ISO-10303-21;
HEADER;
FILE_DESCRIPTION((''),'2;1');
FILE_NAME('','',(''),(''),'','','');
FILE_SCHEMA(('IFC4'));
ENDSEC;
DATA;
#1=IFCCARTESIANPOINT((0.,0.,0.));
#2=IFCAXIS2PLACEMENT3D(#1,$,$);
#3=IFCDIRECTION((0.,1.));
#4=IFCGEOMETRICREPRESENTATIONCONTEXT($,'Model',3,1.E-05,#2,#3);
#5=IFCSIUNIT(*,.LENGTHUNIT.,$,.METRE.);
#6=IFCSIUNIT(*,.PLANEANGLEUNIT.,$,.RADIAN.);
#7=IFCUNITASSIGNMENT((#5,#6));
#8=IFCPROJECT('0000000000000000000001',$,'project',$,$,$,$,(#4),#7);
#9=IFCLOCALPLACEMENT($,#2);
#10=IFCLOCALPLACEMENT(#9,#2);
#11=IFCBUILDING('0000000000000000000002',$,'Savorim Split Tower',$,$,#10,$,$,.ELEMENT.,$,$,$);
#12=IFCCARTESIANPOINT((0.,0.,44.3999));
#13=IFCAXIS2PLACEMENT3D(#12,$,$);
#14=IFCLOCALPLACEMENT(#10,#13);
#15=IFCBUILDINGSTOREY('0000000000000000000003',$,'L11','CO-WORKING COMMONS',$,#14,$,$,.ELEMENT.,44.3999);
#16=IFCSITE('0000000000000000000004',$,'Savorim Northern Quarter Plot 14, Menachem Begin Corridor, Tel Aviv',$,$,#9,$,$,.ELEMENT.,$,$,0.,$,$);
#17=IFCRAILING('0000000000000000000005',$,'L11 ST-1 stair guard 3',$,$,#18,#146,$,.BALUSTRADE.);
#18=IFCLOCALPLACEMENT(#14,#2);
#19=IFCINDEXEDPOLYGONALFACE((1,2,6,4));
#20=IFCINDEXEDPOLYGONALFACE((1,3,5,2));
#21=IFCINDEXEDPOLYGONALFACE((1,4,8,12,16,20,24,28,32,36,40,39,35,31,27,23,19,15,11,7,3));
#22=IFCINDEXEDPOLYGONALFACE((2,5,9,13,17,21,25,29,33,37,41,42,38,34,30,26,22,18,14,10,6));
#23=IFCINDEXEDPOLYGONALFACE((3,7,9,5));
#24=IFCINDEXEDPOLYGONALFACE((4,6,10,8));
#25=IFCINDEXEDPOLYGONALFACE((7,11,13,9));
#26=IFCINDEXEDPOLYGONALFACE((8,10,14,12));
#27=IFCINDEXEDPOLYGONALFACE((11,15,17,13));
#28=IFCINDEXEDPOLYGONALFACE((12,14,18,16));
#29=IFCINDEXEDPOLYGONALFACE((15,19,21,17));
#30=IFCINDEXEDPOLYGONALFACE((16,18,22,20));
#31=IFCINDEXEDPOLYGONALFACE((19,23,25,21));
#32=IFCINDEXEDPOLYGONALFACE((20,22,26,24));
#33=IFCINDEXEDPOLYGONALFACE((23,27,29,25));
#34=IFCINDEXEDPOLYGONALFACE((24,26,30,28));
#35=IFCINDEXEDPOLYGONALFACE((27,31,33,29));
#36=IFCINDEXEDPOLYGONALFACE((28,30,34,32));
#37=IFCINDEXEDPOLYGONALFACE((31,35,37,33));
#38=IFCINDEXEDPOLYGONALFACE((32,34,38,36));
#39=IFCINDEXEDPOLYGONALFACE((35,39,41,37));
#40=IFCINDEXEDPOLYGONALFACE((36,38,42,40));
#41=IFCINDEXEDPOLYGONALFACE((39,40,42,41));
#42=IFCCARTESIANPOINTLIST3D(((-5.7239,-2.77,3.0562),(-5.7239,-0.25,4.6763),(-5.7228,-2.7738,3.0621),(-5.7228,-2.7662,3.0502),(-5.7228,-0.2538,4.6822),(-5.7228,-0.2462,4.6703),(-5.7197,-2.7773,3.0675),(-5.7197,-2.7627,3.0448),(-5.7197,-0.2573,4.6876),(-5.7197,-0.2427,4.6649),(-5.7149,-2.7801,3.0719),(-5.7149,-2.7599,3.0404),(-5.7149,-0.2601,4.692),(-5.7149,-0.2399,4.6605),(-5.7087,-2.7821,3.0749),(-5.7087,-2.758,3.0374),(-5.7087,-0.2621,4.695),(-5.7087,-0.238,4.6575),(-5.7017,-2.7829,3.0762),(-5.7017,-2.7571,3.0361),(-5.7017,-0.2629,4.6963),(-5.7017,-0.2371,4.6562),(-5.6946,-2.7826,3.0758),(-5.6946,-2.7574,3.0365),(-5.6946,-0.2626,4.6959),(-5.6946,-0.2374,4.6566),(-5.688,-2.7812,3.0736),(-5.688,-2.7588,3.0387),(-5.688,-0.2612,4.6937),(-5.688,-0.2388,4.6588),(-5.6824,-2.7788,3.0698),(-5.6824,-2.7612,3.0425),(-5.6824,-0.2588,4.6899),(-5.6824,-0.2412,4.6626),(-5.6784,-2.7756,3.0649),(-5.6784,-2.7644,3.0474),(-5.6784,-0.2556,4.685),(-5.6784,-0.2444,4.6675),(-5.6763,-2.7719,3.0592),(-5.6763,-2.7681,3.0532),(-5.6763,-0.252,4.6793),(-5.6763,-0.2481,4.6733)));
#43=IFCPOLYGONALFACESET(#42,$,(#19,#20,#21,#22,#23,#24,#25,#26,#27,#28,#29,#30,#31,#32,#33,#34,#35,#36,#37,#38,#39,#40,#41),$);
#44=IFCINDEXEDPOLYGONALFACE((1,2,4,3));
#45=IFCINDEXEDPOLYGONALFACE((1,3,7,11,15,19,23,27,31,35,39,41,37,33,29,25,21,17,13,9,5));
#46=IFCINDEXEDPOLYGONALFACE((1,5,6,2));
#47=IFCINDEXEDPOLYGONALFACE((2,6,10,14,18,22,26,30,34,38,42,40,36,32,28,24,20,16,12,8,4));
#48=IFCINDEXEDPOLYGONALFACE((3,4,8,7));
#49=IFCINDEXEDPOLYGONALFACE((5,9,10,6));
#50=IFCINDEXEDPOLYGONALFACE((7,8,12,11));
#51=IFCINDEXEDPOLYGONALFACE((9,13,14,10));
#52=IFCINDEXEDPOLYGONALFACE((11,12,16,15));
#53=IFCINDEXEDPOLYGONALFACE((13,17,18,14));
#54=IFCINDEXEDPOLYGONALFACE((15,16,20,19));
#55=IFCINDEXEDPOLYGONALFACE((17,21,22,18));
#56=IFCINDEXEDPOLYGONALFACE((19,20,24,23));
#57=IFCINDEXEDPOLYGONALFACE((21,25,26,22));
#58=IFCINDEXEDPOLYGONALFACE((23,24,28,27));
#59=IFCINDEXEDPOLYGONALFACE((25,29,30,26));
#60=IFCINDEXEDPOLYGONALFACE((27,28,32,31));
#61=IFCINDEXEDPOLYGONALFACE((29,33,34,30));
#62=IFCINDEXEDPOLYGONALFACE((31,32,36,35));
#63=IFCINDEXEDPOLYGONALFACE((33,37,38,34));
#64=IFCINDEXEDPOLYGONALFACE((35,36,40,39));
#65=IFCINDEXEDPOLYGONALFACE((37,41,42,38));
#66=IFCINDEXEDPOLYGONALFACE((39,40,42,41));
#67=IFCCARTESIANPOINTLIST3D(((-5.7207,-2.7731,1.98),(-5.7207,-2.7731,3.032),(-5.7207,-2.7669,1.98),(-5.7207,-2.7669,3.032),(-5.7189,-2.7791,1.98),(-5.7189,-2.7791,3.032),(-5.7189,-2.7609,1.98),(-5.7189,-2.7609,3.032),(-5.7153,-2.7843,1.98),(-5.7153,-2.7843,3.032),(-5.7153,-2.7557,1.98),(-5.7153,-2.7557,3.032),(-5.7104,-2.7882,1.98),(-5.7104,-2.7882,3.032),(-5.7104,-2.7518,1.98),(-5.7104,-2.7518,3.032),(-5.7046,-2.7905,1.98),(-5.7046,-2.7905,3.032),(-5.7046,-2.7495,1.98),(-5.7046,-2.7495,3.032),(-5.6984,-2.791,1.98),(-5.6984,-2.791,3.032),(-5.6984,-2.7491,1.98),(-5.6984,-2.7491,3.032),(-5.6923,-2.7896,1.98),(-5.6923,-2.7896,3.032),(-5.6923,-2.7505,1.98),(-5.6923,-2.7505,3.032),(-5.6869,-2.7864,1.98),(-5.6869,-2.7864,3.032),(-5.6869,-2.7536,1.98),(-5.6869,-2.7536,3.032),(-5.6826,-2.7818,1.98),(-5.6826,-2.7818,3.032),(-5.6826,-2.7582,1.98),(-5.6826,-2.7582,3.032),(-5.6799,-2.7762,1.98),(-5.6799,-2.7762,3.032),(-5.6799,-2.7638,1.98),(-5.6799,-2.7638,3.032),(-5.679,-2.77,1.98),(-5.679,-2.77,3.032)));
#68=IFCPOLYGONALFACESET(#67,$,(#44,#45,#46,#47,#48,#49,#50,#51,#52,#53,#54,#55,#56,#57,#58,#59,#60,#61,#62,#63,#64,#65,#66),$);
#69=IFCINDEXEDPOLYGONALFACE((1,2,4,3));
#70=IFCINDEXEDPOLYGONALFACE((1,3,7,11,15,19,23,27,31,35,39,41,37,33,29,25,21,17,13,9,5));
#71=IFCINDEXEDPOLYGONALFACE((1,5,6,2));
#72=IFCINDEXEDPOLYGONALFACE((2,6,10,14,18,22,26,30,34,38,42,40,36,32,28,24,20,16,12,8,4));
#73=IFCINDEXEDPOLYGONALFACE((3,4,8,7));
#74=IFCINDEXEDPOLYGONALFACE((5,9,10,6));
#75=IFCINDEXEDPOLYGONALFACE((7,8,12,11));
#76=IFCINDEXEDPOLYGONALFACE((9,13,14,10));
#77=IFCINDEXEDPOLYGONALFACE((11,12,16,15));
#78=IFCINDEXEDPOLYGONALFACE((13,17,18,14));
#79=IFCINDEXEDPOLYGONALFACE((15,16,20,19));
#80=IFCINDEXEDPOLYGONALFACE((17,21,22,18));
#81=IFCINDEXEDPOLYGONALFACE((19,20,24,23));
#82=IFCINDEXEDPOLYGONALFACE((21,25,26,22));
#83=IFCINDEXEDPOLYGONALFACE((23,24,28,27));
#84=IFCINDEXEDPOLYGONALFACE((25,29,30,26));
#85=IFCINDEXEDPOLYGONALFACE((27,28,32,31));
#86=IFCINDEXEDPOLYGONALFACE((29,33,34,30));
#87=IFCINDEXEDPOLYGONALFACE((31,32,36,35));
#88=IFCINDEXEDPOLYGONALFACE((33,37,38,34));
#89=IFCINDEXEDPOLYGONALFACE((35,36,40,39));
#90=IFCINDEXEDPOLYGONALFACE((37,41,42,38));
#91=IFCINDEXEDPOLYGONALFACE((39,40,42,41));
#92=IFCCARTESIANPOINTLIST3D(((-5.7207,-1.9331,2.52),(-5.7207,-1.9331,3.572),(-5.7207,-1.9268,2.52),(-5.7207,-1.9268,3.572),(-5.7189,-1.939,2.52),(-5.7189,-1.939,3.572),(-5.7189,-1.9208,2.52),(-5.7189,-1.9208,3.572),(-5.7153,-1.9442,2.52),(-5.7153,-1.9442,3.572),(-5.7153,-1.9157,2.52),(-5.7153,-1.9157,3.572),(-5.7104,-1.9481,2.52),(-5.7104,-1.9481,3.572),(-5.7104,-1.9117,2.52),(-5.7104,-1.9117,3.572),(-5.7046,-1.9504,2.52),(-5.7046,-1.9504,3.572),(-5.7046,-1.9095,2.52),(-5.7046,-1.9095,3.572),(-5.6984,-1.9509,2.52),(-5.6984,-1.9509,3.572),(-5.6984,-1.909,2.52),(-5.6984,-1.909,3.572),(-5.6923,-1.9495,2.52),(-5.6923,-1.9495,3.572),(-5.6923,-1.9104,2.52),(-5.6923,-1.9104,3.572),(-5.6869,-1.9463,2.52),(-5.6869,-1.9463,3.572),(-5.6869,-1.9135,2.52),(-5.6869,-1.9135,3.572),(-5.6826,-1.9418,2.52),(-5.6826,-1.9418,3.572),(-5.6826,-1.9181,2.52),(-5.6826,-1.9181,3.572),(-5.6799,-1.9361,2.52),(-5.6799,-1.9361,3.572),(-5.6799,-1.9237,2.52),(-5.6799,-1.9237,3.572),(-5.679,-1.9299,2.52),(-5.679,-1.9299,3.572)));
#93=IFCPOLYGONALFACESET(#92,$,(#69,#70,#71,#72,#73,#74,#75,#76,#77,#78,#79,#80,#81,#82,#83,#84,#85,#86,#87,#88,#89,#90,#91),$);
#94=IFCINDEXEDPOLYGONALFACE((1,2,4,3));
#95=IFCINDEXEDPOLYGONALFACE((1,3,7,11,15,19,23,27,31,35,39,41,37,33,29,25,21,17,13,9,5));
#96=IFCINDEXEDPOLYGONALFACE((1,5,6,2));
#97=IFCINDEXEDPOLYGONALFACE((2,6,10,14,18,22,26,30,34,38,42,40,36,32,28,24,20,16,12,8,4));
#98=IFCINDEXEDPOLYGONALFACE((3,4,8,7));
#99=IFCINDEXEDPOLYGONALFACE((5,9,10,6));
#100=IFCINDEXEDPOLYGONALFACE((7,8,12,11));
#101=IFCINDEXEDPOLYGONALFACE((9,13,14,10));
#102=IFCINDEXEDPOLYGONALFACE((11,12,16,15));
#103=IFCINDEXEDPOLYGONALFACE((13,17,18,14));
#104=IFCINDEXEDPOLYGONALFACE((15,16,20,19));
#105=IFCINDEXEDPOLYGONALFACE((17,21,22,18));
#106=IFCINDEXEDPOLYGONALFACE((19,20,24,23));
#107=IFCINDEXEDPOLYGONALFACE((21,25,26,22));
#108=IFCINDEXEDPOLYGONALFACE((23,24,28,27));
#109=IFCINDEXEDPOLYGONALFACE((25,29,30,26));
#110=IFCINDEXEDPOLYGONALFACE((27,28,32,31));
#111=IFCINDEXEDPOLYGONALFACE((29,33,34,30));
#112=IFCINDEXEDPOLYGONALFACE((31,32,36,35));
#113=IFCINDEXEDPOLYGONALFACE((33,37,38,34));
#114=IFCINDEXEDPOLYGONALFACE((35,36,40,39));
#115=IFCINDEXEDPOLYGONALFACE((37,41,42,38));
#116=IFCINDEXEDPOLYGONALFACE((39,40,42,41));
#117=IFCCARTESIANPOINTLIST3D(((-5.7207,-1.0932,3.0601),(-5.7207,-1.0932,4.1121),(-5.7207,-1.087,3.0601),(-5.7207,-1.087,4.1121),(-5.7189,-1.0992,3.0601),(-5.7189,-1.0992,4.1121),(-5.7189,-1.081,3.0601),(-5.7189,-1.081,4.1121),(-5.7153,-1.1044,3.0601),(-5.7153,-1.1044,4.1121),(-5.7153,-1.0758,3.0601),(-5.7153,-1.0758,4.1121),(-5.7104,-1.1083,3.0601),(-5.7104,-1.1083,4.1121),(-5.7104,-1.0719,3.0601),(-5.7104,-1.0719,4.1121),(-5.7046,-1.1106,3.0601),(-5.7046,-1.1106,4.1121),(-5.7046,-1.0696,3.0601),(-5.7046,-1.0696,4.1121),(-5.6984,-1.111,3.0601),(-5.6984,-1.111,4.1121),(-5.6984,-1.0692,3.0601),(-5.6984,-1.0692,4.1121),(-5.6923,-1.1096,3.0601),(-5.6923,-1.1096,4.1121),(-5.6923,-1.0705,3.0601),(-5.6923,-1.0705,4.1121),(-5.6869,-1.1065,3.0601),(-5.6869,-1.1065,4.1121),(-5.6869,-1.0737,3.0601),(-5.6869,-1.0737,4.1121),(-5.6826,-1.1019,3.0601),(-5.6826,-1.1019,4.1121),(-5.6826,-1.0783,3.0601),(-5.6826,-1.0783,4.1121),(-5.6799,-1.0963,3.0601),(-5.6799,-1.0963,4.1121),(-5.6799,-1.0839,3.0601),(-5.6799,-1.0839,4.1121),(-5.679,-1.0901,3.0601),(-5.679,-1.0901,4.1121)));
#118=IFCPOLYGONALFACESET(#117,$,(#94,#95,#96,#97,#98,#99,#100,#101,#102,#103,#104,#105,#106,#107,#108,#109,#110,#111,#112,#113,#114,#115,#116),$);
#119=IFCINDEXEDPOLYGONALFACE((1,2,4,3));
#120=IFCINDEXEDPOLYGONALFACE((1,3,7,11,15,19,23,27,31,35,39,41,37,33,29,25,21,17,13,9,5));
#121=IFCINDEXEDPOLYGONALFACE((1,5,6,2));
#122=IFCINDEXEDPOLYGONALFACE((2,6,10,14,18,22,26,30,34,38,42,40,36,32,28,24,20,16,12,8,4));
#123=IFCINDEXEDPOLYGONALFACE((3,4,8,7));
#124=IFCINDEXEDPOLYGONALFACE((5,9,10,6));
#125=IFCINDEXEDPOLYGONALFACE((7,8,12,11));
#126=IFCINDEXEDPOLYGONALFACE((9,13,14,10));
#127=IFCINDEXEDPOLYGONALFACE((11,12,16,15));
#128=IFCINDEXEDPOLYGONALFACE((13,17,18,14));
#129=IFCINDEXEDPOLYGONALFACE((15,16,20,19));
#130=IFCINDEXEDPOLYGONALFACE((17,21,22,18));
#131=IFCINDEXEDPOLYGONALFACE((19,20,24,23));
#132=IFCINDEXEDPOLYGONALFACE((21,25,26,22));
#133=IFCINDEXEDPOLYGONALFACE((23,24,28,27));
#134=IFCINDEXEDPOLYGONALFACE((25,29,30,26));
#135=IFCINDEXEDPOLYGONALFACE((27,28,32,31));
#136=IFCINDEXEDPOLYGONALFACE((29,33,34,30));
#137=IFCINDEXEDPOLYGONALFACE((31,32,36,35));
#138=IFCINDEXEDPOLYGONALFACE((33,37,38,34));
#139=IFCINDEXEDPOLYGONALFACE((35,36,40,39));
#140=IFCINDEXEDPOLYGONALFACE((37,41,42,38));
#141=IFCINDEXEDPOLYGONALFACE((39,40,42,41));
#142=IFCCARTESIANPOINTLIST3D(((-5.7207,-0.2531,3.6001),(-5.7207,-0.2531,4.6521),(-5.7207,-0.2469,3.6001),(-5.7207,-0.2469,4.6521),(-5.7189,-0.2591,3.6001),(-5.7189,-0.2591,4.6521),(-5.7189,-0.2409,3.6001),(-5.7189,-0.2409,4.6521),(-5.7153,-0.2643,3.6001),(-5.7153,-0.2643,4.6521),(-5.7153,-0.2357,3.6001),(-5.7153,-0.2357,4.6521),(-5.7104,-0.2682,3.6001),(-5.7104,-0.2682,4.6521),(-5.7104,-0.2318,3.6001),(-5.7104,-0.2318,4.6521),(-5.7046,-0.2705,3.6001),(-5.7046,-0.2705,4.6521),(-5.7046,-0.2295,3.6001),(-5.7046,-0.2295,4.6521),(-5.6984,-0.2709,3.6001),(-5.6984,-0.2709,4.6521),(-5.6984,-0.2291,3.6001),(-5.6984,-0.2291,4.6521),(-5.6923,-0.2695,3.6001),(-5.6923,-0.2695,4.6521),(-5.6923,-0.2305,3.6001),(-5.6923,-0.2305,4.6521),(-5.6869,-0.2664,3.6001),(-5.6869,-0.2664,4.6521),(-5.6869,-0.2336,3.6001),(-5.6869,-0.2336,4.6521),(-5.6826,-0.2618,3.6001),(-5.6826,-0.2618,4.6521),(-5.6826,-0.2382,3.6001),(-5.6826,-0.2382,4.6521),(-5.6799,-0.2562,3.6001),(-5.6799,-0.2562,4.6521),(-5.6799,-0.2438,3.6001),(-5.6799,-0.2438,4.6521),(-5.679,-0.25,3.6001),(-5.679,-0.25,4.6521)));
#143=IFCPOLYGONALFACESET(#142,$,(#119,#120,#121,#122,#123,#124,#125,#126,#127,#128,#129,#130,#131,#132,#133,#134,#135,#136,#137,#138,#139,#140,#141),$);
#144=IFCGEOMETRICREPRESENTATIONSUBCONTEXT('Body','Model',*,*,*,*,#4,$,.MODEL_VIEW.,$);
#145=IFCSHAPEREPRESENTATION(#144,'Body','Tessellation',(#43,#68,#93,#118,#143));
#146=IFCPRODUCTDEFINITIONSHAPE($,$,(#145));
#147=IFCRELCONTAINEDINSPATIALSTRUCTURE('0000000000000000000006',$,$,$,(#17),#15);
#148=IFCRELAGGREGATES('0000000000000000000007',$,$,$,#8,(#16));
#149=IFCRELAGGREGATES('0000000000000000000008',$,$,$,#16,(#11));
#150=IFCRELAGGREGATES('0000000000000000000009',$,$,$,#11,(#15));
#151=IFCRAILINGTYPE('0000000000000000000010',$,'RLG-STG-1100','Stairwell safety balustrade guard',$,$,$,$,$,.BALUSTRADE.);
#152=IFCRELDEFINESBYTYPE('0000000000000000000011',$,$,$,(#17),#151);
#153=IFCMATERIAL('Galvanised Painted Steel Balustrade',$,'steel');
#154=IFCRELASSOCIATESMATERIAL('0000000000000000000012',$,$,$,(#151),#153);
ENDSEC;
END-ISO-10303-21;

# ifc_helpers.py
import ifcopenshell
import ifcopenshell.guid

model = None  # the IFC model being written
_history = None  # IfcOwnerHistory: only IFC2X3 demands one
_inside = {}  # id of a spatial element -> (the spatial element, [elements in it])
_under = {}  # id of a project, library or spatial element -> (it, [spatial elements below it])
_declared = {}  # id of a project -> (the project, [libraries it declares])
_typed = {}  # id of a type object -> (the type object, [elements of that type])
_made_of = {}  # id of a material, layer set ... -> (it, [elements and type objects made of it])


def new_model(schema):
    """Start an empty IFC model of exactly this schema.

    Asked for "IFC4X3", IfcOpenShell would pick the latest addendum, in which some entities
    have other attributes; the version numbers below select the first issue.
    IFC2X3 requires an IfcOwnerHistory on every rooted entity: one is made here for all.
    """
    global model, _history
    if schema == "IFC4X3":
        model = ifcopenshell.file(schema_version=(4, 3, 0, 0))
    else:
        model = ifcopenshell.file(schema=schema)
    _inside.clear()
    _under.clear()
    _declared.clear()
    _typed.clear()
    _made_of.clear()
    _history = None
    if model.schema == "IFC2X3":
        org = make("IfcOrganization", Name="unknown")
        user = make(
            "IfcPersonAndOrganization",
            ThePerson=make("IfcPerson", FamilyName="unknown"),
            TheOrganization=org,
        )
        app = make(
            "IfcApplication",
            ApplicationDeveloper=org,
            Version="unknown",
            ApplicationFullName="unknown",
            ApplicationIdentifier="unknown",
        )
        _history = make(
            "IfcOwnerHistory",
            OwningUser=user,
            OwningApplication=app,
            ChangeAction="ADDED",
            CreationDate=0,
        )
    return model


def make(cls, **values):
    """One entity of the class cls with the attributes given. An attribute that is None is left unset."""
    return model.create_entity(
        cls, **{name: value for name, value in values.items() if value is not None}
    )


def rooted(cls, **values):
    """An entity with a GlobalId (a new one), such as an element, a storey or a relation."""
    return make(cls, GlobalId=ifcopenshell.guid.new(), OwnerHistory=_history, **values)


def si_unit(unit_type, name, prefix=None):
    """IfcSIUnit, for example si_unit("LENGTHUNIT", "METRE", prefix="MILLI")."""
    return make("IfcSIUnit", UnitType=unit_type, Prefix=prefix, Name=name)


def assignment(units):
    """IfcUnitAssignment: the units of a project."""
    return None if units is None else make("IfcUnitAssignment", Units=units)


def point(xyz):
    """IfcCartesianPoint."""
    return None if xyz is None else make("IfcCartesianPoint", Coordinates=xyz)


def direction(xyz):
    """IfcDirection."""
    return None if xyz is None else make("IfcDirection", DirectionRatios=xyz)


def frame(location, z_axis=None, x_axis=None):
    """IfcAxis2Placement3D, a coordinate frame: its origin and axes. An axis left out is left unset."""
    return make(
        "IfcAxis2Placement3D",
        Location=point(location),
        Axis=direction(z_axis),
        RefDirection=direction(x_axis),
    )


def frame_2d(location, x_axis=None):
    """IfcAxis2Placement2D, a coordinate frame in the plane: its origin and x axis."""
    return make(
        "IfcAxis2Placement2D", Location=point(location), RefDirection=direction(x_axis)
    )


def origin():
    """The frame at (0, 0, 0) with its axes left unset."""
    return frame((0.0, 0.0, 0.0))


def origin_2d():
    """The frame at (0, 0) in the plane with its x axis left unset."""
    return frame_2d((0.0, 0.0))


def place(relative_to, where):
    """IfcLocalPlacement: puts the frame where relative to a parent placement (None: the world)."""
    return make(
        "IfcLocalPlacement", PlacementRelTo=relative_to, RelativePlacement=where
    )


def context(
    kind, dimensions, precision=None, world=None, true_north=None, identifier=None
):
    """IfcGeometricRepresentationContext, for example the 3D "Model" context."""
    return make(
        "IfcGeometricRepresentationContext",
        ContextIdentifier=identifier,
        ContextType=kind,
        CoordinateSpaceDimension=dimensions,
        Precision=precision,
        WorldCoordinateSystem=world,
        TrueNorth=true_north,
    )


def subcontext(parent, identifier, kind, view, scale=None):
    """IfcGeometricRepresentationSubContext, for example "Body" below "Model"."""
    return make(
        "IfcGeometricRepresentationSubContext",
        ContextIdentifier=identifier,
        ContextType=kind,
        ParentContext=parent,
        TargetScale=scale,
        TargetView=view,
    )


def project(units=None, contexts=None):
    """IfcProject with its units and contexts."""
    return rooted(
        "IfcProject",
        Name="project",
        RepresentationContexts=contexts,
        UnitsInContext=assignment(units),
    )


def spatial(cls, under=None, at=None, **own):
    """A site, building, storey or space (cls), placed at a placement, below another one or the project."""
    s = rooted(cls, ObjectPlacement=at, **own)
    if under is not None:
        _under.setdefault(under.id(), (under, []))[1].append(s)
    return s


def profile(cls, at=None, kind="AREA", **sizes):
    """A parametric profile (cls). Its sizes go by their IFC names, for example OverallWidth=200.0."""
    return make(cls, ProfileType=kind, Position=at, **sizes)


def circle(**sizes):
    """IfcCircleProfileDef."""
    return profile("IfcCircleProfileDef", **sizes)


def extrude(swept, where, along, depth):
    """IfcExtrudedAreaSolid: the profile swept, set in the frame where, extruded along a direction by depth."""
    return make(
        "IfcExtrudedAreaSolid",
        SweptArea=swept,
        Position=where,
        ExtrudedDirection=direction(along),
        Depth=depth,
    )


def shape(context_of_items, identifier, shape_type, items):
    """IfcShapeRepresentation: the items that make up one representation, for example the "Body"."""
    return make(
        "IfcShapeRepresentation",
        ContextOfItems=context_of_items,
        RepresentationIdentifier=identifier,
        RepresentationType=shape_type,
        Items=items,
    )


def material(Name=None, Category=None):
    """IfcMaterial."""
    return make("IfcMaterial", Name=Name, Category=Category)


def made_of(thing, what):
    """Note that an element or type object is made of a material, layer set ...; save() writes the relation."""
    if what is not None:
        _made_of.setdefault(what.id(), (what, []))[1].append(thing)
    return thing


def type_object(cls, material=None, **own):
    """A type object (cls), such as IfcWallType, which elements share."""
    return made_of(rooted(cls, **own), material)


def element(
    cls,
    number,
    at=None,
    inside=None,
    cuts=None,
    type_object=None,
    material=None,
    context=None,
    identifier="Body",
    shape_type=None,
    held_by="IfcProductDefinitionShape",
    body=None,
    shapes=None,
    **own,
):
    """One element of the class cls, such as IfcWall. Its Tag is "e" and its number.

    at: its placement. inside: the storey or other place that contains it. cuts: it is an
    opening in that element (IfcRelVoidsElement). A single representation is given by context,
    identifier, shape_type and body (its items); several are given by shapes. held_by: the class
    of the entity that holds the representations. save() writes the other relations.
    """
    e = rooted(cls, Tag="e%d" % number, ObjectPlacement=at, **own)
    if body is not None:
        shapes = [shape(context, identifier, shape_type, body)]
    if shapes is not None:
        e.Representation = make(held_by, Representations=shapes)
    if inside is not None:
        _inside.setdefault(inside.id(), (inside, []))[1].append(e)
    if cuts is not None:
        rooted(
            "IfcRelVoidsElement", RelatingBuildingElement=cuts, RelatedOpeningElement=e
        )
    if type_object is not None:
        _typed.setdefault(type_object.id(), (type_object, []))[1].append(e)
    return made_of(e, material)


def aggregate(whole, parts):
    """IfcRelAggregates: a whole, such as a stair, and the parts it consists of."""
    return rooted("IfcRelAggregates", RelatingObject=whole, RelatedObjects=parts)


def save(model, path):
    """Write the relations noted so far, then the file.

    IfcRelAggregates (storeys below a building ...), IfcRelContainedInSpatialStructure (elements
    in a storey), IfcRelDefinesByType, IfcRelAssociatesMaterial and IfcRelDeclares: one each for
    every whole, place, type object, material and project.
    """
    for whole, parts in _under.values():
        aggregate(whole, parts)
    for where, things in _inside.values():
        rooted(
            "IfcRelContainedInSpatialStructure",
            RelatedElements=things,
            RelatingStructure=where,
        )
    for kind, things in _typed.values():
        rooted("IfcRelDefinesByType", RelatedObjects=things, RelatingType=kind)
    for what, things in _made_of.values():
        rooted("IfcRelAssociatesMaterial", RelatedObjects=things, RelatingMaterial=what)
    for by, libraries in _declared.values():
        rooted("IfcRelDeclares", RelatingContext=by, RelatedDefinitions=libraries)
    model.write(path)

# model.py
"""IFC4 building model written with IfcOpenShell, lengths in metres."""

from ifc_helpers import new_model, si_unit, direction, frame, origin, origin_2d, place, context, subcontext, project, spatial, circle, extrude, material, type_object, element, save


model = new_model("IFC4")

# Units and contexts
model_context = context("Model", 3, precision=1e-05, world=origin(), true_north=direction((0.0, 1.0)))
body_context = subcontext(model_context, "Body", "Model", "MODEL_VIEW")
ifc_project = project(units=[si_unit("LENGTHUNIT", "METRE"), si_unit("PLANEANGLEUNIT", "RADIAN")], contexts=[model_context])

# Site, building, storey
site_placement = place(None, origin())
site = spatial("IfcSite", under=ifc_project, at=site_placement, Name="Savorim Northern Quarter Plot 14, Menachem Begin Corridor, Tel Aviv", CompositionType="ELEMENT", RefElevation=0.0)
building_placement = place(site_placement, origin())
building = spatial("IfcBuilding", under=site, at=building_placement, Name="Savorim Split Tower", CompositionType="ELEMENT")
storey_placement = place(building_placement, frame((0.0, 0.0, 44.3999)))
storey = spatial("IfcBuildingStorey", under=building, at=storey_placement, Name="L11", Description="CO-WORKING COMMONS", CompositionType="ELEMENT", Elevation=44.3999)

# Railing
ifc_material_1 = material(Name="Galvanised Painted Steel Balustrade", Category="steel")
railing_type_1 = type_object("IfcRailingType", Name="RLG-STG-1100", Description="Stairwell safety balustrade guard", PredefinedType="BALUSTRADE", material=ifc_material_1)
railing_1_placement = place(storey_placement, frame((-5.7, -2.77, 1.98)))
element("IfcRailing", 1, at=railing_1_placement, inside=storey, type_object=railing_type_1, Name="L11 ST-1 stair guard 3", PredefinedType="BALUSTRADE", context=body_context, shape_type="SweptSolid", body=[
    extrude(circle(Radius=0.0239, at=origin_2d()), frame((0.0, 0.0, 1.0762), z_axis=(0.0, 0.841163, 0.540782), x_axis=(-1.0, 0.0, 0.0)), (0.0, 0.0, 1.0), 2.9958),
    extrude(circle(Radius=0.021, at=origin_2d()), origin(), (0.0, 0.0, 1.0), 1.052),
    extrude(circle(Radius=0.021, at=origin_2d()), frame((0.0, 0.8401, 0.54)), (0.0, 0.0, 1.0), 1.052),
    extrude(circle(Radius=0.021, at=origin_2d()), frame((0.0, 1.6799, 1.0801)), (0.0, 0.0, 1.0), 1.052),
    extrude(circle(Radius=0.021, at=origin_2d()), frame((0.0, 2.52, 1.6201)), (0.0, 0.0, 1.0), 1.052),
])

save(model, "model.ifc")
